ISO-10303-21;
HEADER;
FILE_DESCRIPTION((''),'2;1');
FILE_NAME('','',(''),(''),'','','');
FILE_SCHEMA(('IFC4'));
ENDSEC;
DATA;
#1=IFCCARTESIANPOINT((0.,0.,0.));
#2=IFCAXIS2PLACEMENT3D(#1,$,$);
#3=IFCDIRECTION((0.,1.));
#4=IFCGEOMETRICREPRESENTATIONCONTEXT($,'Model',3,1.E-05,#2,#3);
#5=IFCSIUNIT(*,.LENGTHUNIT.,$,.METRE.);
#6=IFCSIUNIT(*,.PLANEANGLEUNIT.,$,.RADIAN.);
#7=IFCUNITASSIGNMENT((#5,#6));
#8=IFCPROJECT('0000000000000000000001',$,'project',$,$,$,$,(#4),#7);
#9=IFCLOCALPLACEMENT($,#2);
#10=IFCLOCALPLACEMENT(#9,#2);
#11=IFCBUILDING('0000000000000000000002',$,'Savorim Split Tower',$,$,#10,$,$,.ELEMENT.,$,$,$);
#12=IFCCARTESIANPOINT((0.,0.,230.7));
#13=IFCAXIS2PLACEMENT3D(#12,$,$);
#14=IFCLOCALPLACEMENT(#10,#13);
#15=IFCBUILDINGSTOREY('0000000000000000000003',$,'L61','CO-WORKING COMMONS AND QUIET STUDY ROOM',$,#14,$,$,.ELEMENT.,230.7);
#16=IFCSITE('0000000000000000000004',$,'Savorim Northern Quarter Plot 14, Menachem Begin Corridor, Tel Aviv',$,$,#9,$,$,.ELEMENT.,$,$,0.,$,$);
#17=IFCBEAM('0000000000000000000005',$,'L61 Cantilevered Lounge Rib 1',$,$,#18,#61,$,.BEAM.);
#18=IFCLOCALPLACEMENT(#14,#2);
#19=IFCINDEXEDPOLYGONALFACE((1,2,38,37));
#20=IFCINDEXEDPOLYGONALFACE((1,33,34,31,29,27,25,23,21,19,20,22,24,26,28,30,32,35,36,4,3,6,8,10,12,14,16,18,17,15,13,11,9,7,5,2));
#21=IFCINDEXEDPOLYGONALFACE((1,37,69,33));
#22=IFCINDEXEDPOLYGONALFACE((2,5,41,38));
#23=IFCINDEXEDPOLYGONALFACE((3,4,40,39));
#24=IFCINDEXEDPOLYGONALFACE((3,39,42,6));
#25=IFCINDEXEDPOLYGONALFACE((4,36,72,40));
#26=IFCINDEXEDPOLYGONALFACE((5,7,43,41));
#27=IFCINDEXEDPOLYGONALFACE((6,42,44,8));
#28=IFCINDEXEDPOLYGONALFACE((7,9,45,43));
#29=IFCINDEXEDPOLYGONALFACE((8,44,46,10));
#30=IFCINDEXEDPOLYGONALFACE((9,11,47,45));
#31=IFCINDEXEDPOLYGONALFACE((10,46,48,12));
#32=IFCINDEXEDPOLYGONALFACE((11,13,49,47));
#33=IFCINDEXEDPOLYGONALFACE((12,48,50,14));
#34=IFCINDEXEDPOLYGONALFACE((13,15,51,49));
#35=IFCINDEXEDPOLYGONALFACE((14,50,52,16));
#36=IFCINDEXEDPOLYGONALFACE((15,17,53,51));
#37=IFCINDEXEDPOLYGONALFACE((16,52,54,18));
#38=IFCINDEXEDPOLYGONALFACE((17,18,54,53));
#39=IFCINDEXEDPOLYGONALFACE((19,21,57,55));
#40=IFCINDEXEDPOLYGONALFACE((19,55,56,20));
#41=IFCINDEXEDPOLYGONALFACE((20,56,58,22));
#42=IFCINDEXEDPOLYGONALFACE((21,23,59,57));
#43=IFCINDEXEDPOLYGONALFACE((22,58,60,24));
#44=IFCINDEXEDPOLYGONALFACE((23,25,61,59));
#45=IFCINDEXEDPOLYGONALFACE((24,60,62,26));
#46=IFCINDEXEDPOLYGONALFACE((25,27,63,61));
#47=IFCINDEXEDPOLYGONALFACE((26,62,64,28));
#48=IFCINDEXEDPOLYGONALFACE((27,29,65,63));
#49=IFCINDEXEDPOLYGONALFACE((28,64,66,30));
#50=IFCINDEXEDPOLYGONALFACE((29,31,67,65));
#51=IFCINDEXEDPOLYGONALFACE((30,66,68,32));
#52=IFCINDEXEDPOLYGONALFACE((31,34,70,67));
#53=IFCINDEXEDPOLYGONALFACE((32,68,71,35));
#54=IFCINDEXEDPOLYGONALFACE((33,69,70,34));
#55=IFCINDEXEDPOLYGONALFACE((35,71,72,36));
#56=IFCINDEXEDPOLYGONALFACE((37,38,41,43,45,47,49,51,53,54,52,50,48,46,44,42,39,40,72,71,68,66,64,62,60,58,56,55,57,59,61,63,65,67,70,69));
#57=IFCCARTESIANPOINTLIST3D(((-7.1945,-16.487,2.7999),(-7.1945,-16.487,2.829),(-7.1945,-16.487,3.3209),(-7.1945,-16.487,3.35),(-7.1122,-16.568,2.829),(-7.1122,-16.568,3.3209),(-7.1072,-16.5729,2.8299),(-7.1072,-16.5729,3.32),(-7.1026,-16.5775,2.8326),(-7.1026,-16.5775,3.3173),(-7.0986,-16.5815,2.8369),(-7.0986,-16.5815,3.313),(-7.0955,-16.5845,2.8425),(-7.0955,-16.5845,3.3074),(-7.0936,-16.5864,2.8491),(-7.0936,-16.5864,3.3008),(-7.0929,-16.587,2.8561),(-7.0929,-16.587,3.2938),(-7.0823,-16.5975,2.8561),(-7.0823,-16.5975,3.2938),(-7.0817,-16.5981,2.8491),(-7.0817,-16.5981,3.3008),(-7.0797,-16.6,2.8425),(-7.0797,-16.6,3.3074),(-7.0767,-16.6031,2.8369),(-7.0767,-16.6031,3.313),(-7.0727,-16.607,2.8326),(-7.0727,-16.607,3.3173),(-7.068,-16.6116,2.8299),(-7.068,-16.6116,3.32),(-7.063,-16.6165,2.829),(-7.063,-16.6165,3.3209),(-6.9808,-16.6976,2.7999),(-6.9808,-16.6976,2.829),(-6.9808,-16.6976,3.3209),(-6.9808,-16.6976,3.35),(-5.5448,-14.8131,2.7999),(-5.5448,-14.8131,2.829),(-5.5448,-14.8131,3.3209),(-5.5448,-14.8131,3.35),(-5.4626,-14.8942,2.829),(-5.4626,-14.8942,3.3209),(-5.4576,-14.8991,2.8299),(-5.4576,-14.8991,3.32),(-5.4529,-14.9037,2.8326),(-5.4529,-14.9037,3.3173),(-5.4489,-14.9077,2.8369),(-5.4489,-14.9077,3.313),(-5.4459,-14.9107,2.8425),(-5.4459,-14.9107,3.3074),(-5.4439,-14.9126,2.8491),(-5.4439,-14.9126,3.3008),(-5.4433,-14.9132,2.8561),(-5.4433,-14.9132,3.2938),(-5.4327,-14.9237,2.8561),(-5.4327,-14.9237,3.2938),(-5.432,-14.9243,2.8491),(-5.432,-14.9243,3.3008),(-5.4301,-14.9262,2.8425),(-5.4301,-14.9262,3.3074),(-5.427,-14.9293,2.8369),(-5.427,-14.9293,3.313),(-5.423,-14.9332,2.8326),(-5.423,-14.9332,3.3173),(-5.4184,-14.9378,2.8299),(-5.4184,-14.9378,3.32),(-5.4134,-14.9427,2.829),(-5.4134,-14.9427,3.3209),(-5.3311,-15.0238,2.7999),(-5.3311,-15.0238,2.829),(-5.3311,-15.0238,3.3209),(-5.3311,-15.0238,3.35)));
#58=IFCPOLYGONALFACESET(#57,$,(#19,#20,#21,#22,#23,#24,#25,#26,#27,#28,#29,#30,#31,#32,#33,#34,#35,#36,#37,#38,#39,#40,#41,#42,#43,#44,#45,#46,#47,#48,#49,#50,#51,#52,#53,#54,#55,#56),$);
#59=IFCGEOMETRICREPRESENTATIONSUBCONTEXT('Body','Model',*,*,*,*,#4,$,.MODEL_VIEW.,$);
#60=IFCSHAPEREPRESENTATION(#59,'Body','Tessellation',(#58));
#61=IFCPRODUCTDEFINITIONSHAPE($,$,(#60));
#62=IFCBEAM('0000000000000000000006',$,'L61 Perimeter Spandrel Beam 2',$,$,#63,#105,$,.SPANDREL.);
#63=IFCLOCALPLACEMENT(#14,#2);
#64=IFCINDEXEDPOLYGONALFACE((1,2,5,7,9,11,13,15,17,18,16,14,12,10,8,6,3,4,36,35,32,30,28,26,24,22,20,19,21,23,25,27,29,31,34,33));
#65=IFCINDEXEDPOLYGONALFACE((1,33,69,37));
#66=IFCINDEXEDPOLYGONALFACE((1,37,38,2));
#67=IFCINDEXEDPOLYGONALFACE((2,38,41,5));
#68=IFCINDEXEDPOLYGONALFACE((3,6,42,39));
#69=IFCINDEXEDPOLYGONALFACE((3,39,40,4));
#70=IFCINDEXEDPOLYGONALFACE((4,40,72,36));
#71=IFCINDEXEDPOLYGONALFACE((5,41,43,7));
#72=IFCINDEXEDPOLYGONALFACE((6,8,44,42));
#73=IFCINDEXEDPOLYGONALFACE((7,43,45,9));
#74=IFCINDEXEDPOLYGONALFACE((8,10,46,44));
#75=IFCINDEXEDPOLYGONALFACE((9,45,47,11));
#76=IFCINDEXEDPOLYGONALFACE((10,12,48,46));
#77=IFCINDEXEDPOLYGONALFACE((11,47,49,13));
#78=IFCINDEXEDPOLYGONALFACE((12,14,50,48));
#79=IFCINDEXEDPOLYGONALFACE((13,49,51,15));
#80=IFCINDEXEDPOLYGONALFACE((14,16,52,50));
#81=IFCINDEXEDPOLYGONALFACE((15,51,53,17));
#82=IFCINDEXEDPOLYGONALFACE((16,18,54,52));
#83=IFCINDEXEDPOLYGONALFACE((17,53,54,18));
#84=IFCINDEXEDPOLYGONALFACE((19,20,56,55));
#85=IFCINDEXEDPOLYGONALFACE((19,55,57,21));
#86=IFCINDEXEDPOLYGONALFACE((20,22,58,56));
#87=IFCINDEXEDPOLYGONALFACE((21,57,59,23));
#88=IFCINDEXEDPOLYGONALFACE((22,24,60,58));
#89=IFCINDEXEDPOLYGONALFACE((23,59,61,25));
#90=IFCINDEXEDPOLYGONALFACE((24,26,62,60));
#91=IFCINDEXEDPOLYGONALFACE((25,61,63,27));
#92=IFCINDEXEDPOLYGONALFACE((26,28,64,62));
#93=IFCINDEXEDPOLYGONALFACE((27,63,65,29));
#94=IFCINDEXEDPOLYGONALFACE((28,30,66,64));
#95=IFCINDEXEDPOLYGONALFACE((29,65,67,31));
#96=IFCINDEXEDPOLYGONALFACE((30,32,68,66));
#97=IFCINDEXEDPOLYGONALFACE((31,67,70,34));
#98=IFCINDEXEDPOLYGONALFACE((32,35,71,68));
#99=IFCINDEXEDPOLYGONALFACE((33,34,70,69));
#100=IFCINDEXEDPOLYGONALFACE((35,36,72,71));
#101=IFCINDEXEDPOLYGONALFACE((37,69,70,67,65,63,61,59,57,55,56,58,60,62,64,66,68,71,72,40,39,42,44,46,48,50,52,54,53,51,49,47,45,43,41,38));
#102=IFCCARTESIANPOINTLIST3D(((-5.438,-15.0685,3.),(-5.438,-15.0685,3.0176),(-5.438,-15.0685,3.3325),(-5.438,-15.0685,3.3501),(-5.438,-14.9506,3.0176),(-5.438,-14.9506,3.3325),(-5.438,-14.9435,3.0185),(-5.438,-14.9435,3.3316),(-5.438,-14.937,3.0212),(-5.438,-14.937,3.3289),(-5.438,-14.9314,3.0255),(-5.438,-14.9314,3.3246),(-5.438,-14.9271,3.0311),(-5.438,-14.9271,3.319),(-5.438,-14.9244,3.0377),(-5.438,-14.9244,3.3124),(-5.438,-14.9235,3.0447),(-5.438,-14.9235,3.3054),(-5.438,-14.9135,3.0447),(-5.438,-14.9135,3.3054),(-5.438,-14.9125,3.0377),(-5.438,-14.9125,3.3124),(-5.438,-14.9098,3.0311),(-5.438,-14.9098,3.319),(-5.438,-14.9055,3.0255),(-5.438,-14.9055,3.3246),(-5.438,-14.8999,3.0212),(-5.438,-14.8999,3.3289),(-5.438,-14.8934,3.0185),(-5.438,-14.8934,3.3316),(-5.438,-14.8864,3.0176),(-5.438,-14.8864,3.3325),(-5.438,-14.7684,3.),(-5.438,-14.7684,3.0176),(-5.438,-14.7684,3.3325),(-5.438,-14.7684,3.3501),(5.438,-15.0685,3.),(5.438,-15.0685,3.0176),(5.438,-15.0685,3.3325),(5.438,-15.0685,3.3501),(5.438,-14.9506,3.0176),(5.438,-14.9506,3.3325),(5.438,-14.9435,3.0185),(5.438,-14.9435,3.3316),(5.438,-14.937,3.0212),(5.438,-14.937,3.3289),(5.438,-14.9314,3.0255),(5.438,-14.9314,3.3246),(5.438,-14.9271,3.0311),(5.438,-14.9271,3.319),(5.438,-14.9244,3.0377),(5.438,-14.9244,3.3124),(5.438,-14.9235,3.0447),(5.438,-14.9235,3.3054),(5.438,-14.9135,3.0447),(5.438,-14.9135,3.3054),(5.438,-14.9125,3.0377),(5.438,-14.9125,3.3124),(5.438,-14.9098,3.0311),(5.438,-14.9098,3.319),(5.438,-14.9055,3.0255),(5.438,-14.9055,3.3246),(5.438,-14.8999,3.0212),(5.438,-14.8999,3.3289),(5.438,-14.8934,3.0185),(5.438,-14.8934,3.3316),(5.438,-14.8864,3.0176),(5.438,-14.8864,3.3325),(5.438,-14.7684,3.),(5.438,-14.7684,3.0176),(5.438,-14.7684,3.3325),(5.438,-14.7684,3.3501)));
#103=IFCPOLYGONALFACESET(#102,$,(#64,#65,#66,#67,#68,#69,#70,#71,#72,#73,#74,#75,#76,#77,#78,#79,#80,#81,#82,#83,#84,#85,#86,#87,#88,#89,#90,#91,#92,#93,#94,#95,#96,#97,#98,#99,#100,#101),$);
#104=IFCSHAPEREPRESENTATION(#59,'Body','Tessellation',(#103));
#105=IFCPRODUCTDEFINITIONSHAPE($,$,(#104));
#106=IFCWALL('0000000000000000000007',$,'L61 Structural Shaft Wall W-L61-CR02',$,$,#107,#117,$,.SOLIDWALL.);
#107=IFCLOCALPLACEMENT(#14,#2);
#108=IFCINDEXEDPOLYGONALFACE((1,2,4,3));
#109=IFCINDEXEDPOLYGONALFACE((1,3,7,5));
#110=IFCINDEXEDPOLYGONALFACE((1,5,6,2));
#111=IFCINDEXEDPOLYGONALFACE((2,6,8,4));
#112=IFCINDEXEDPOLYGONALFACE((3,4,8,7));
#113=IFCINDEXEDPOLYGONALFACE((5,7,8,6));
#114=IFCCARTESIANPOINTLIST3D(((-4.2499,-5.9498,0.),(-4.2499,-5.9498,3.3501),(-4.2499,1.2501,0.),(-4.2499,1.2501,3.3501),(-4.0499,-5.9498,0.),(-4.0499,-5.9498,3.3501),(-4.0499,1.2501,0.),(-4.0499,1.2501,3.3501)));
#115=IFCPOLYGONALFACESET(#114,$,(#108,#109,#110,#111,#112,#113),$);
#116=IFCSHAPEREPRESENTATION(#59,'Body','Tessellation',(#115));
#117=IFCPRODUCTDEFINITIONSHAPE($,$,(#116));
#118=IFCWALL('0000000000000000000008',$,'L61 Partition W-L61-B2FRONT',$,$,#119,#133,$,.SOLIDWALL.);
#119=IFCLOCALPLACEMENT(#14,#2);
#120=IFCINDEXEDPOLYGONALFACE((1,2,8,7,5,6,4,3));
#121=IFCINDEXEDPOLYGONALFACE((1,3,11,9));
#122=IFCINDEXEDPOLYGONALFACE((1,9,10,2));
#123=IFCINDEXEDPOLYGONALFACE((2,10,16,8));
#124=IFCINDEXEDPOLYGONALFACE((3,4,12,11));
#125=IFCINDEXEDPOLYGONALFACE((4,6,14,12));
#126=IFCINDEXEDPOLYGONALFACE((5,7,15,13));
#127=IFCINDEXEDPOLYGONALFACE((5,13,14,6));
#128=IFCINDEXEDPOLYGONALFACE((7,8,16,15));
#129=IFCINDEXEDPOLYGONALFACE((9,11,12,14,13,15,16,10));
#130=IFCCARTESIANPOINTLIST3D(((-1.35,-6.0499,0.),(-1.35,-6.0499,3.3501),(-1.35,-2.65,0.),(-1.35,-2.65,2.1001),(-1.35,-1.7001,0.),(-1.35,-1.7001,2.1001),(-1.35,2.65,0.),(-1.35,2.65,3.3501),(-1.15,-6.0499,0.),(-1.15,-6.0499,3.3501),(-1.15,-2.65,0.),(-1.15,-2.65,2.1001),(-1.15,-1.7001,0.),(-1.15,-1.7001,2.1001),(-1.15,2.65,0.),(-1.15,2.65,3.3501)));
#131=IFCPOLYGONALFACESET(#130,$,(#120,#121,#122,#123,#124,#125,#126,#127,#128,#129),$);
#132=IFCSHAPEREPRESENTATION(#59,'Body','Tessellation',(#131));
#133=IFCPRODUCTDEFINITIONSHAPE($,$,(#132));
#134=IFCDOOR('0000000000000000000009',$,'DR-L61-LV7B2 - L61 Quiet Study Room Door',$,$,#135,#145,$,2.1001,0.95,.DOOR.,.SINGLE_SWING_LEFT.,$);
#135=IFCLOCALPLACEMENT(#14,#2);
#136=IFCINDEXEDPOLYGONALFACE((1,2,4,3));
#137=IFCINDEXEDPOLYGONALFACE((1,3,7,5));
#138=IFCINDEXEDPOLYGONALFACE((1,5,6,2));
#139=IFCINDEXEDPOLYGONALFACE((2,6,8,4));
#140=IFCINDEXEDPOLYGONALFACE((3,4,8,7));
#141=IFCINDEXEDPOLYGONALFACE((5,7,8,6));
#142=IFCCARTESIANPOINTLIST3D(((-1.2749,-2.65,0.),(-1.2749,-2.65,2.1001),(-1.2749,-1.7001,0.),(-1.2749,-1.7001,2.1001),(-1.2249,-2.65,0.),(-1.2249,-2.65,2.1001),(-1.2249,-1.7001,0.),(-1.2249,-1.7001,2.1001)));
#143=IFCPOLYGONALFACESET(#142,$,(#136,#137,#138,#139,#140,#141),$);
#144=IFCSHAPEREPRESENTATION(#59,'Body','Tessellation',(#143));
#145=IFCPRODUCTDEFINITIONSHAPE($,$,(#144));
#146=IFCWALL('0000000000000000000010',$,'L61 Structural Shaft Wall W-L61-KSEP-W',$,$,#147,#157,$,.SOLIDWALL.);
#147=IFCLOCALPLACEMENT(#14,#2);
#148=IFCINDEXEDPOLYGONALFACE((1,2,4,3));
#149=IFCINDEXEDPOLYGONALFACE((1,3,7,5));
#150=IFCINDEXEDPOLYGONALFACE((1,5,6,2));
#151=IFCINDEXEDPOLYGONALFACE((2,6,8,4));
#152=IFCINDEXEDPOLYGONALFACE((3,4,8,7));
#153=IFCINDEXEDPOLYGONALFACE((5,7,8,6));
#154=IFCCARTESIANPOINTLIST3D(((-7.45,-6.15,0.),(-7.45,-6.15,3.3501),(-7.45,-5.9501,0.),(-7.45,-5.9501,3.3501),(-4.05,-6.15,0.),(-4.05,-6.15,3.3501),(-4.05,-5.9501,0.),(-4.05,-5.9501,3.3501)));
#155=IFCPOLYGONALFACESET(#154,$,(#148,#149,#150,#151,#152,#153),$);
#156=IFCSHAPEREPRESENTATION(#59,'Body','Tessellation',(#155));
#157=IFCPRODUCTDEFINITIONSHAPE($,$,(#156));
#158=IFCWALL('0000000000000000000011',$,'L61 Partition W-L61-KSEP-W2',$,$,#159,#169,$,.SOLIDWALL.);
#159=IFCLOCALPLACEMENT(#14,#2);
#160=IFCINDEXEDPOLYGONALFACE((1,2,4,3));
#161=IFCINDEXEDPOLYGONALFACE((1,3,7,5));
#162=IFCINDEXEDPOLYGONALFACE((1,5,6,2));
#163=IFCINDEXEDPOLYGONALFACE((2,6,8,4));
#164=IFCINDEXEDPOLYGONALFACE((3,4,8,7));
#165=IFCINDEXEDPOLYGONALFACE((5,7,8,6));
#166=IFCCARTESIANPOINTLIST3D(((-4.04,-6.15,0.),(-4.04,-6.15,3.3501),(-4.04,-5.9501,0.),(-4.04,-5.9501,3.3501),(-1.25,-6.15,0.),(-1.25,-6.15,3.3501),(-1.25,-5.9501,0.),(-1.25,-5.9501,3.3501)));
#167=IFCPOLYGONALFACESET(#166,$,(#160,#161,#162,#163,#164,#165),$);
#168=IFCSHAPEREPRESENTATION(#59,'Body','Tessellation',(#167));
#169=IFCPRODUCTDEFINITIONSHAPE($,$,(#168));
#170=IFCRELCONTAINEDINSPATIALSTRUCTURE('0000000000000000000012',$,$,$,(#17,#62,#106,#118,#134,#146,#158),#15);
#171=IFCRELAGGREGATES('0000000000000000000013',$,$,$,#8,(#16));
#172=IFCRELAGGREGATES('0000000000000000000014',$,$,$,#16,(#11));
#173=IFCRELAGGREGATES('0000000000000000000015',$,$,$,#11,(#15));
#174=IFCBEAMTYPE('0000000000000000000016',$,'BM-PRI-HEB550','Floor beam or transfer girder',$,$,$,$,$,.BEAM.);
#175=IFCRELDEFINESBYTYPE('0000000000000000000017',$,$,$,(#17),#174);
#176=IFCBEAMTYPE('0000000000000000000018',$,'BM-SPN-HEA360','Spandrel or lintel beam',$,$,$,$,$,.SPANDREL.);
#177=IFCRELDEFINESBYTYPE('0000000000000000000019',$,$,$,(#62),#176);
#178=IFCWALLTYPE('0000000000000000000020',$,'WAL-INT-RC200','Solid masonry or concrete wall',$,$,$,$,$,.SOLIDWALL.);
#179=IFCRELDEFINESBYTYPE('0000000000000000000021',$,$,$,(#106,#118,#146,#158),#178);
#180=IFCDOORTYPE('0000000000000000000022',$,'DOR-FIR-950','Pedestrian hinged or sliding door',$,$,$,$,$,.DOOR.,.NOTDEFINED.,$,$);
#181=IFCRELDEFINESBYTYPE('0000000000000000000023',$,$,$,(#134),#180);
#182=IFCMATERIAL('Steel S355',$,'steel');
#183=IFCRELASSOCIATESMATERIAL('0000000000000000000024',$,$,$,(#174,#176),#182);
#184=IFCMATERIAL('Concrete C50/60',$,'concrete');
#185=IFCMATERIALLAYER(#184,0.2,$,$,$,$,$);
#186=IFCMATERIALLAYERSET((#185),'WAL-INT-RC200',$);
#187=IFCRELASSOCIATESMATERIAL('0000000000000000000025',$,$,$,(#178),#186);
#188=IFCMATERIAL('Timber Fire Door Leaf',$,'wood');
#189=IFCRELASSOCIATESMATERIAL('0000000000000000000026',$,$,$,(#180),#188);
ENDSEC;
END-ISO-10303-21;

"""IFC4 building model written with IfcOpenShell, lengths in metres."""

from ifc_helpers import new_model, si_unit, direction, frame, frame_2d, origin, origin_2d, place, context, subcontext, project, spatial, rectangle, i_section, extrude, material, layer, layer_set, material_profile, profile_set, type_object, element, fill, save


model = new_model("IFC4")

# Units and contexts
model_context = context("Model", 3, precision=1e-05, world=origin(), true_north=direction((0.0, 1.0)))
body_context = subcontext(model_context, "Body", "Model", "MODEL_VIEW")
ifc_project = project(units=[si_unit("LENGTHUNIT", "METRE"), si_unit("PLANEANGLEUNIT", "RADIAN")], contexts=[model_context])

# Site, building, storey
site_placement = place(None, origin())
site = spatial("IfcSite", under=ifc_project, at=site_placement, Name="Savorim Northern Quarter Plot 14, Menachem Begin Corridor, Tel Aviv", CompositionType="ELEMENT", RefElevation=0.0)
building_placement = place(site_placement, origin())
building = spatial("IfcBuilding", under=site, at=building_placement, Name="Savorim Split Tower", CompositionType="ELEMENT")
storey_placement = place(building_placement, frame((0.0, 0.0, 230.7)))
storey = spatial("IfcBuildingStorey", under=building, at=storey_placement, Name="L61", Description="CO-WORKING COMMONS AND QUIET STUDY ROOM", CompositionType="ELEMENT", Elevation=230.7)

# Shared definitions
ifc_material_1 = material(Name="Steel S355", Category="steel")

# Beams
ifc_material_profile_1 = material_profile(ifc_material_1, i_section(OverallWidth=0.3, OverallDepth=0.55, WebThickness=0.0149, FlangeThickness=0.0291, FilletRadius=0.0271, at=origin_2d()), Name="HEB 550")
ifc_profile_set_1 = profile_set([ifc_material_profile_1], Name="Steel S355")
beam_type_1 = type_object("IfcBeamType", Name="BM-PRI-HEB550", Description="Floor beam or transfer girder", PredefinedType="BEAM", material=ifc_profile_set_1)
beam_1_placement = place(storey_placement, frame((-5.438, -14.9185, 3.075), z_axis=(-0.701946, -0.71223, 0.0), x_axis=(0.71223, -0.701946, 0.0)))
element("IfcBeam", 1, at=beam_1_placement, inside=storey, type_object=beam_type_1, Name="L61 Cantilevered Lounge Rib 1", PredefinedType="BEAM", context=body_context, shape_type="SweptSolid", body=[
    extrude(i_section(OverallWidth=0.3, OverallDepth=0.55, WebThickness=0.0149, FlangeThickness=0.0291, FilletRadius=0.0271, at=origin_2d()), origin(), (0.0, 0.0, 1.0), 2.3501),
])
ifc_material_profile_2 = material_profile(ifc_material_1, i_section(OverallWidth=0.3, OverallDepth=0.3501, WebThickness=0.01, FlangeThickness=0.0176, FilletRadius=0.0271, at=origin_2d()), Name="HEA 360")
ifc_profile_set_2 = profile_set([ifc_material_profile_2], Name="Steel S355")
beam_type_2 = type_object("IfcBeamType", Name="BM-SPN-HEA360", Description="Spandrel or lintel beam", PredefinedType="SPANDREL", material=ifc_profile_set_2)
beam_2_placement = place(storey_placement, frame((-5.438, -14.9185, 3.175), z_axis=(1.0, 0.0, 0.0), x_axis=(0.0, 1.0, 0.0)))
element("IfcBeam", 2, at=beam_2_placement, inside=storey, type_object=beam_type_2, Name="L61 Perimeter Spandrel Beam 2", PredefinedType="SPANDREL", context=body_context, shape_type="SweptSolid", body=[
    extrude(i_section(OverallWidth=0.3, OverallDepth=0.3501, WebThickness=0.01, FlangeThickness=0.0176, FilletRadius=0.0271, at=origin_2d()), origin(), (0.0, 0.0, 1.0), 10.876),
])

# Wall
ifc_material_2 = material(Name="Concrete C50/60", Category="concrete")
ifc_layer_1 = layer(ifc_material_2, 0.2)
ifc_layer_set_1 = layer_set([ifc_layer_1], Name="WAL-INT-RC200")
wall_type_1 = type_object("IfcWallType", Name="WAL-INT-RC200", Description="Solid masonry or concrete wall", PredefinedType="SOLIDWALL", material=ifc_layer_set_1)
wall_1_placement = place(storey_placement, frame((-4.1499, -5.95, 0.0), z_axis=(0.0, 0.0, 1.0), x_axis=(0.0, 1.0, 0.0)))
element("IfcWall", 3, at=wall_1_placement, inside=storey, type_object=wall_type_1, Name="L61 Structural Shaft Wall W-L61-CR02", PredefinedType="SOLIDWALL", context=body_context, shape_type="SweptSolid", body=[
    extrude(rectangle(XDim=7.2, YDim=0.2, at=frame_2d((3.6001, 0.0))), origin(), (0.0, 0.0, 1.0), 3.3501),
])

# Wall, opening, door
wall_2_placement = place(storey_placement, frame((-1.25, -6.05, 0.0), z_axis=(0.0, 0.0, 1.0), x_axis=(0.0, 1.0, 0.0)))
wall_2 = element("IfcWall", 4, at=wall_2_placement, inside=storey, type_object=wall_type_1, Name="L61 Partition W-L61-B2FRONT", PredefinedType="SOLIDWALL", context=body_context, shape_type="SweptSolid", body=[
    extrude(rectangle(XDim=8.7, YDim=0.2, at=frame_2d((4.3501, 0.0))), origin(), (0.0, 0.0, 1.0), 3.3501),
])
opening_1_placement = place(wall_2_placement, frame((3.3999, 0.0, 0.0)))
opening_1 = element("IfcOpeningElement", 5, at=opening_1_placement, cuts=wall_2, PredefinedType="OPENING", context=body_context, shape_type="SweptSolid", body=[
    extrude(rectangle(XDim=0.95, YDim=2.1001, at=frame_2d((0.4751, 1.05))), frame((0.0, 0.1099, 0.0), z_axis=(0.0, -1.0, 0.0), x_axis=(1.0, 0.0, 0.0)), (0.0, 0.0, 1.0), 0.22),
])
ifc_material_3 = material(Name="Timber Fire Door Leaf", Category="wood")
door_type_1 = type_object("IfcDoorType", Name="DOR-FIR-950", Description="Pedestrian hinged or sliding door", OperationType="NOTDEFINED", PredefinedType="DOOR", material=ifc_material_3)
door_1_placement = place(opening_1_placement, origin())
door_1 = element("IfcDoor", 6, at=door_1_placement, inside=storey, type_object=door_type_1, Name="DR-L61-LV7B2 - L61 Quiet Study Room Door", OperationType="SINGLE_SWING_LEFT", OverallHeight=2.1001, OverallWidth=0.95, PredefinedType="DOOR", context=body_context, shape_type="SweptSolid", body=[
    extrude(rectangle(XDim=0.95, YDim=2.1001, at=frame_2d((0.4751, 1.05))), frame((0.0, 0.0249, 0.0), z_axis=(0.0, -1.0, 0.0), x_axis=(1.0, 0.0, 0.0)), (0.0, 0.0, 1.0), 0.05),
])
fill(opening_1, door_1)

# Walls
wall_3_placement = place(storey_placement, frame((-7.45, -6.05, 0.0), z_axis=(0.0, 0.0, 1.0), x_axis=(1.0, 0.0, 0.0)))
element("IfcWall", 7, at=wall_3_placement, inside=storey, type_object=wall_type_1, Name="L61 Structural Shaft Wall W-L61-KSEP-W", PredefinedType="SOLIDWALL", context=body_context, shape_type="SweptSolid", body=[
    extrude(rectangle(XDim=3.3999, YDim=0.2, at=frame_2d((1.7, 0.0))), origin(), (0.0, 0.0, 1.0), 3.3501),
])
wall_4_placement = place(storey_placement, frame((-4.04, -6.05, 0.0), z_axis=(0.0, 0.0, 1.0), x_axis=(1.0, 0.0, 0.0)))
element("IfcWall", 8, at=wall_4_placement, inside=storey, type_object=wall_type_1, Name="L61 Partition W-L61-KSEP-W2", PredefinedType="SOLIDWALL", context=body_context, shape_type="SweptSolid", body=[
    extrude(rectangle(XDim=2.79, YDim=0.2, at=frame_2d((1.395, 0.0))), origin(), (0.0, 0.0, 1.0), 3.3501),
])

save(model, "model.ifc")
